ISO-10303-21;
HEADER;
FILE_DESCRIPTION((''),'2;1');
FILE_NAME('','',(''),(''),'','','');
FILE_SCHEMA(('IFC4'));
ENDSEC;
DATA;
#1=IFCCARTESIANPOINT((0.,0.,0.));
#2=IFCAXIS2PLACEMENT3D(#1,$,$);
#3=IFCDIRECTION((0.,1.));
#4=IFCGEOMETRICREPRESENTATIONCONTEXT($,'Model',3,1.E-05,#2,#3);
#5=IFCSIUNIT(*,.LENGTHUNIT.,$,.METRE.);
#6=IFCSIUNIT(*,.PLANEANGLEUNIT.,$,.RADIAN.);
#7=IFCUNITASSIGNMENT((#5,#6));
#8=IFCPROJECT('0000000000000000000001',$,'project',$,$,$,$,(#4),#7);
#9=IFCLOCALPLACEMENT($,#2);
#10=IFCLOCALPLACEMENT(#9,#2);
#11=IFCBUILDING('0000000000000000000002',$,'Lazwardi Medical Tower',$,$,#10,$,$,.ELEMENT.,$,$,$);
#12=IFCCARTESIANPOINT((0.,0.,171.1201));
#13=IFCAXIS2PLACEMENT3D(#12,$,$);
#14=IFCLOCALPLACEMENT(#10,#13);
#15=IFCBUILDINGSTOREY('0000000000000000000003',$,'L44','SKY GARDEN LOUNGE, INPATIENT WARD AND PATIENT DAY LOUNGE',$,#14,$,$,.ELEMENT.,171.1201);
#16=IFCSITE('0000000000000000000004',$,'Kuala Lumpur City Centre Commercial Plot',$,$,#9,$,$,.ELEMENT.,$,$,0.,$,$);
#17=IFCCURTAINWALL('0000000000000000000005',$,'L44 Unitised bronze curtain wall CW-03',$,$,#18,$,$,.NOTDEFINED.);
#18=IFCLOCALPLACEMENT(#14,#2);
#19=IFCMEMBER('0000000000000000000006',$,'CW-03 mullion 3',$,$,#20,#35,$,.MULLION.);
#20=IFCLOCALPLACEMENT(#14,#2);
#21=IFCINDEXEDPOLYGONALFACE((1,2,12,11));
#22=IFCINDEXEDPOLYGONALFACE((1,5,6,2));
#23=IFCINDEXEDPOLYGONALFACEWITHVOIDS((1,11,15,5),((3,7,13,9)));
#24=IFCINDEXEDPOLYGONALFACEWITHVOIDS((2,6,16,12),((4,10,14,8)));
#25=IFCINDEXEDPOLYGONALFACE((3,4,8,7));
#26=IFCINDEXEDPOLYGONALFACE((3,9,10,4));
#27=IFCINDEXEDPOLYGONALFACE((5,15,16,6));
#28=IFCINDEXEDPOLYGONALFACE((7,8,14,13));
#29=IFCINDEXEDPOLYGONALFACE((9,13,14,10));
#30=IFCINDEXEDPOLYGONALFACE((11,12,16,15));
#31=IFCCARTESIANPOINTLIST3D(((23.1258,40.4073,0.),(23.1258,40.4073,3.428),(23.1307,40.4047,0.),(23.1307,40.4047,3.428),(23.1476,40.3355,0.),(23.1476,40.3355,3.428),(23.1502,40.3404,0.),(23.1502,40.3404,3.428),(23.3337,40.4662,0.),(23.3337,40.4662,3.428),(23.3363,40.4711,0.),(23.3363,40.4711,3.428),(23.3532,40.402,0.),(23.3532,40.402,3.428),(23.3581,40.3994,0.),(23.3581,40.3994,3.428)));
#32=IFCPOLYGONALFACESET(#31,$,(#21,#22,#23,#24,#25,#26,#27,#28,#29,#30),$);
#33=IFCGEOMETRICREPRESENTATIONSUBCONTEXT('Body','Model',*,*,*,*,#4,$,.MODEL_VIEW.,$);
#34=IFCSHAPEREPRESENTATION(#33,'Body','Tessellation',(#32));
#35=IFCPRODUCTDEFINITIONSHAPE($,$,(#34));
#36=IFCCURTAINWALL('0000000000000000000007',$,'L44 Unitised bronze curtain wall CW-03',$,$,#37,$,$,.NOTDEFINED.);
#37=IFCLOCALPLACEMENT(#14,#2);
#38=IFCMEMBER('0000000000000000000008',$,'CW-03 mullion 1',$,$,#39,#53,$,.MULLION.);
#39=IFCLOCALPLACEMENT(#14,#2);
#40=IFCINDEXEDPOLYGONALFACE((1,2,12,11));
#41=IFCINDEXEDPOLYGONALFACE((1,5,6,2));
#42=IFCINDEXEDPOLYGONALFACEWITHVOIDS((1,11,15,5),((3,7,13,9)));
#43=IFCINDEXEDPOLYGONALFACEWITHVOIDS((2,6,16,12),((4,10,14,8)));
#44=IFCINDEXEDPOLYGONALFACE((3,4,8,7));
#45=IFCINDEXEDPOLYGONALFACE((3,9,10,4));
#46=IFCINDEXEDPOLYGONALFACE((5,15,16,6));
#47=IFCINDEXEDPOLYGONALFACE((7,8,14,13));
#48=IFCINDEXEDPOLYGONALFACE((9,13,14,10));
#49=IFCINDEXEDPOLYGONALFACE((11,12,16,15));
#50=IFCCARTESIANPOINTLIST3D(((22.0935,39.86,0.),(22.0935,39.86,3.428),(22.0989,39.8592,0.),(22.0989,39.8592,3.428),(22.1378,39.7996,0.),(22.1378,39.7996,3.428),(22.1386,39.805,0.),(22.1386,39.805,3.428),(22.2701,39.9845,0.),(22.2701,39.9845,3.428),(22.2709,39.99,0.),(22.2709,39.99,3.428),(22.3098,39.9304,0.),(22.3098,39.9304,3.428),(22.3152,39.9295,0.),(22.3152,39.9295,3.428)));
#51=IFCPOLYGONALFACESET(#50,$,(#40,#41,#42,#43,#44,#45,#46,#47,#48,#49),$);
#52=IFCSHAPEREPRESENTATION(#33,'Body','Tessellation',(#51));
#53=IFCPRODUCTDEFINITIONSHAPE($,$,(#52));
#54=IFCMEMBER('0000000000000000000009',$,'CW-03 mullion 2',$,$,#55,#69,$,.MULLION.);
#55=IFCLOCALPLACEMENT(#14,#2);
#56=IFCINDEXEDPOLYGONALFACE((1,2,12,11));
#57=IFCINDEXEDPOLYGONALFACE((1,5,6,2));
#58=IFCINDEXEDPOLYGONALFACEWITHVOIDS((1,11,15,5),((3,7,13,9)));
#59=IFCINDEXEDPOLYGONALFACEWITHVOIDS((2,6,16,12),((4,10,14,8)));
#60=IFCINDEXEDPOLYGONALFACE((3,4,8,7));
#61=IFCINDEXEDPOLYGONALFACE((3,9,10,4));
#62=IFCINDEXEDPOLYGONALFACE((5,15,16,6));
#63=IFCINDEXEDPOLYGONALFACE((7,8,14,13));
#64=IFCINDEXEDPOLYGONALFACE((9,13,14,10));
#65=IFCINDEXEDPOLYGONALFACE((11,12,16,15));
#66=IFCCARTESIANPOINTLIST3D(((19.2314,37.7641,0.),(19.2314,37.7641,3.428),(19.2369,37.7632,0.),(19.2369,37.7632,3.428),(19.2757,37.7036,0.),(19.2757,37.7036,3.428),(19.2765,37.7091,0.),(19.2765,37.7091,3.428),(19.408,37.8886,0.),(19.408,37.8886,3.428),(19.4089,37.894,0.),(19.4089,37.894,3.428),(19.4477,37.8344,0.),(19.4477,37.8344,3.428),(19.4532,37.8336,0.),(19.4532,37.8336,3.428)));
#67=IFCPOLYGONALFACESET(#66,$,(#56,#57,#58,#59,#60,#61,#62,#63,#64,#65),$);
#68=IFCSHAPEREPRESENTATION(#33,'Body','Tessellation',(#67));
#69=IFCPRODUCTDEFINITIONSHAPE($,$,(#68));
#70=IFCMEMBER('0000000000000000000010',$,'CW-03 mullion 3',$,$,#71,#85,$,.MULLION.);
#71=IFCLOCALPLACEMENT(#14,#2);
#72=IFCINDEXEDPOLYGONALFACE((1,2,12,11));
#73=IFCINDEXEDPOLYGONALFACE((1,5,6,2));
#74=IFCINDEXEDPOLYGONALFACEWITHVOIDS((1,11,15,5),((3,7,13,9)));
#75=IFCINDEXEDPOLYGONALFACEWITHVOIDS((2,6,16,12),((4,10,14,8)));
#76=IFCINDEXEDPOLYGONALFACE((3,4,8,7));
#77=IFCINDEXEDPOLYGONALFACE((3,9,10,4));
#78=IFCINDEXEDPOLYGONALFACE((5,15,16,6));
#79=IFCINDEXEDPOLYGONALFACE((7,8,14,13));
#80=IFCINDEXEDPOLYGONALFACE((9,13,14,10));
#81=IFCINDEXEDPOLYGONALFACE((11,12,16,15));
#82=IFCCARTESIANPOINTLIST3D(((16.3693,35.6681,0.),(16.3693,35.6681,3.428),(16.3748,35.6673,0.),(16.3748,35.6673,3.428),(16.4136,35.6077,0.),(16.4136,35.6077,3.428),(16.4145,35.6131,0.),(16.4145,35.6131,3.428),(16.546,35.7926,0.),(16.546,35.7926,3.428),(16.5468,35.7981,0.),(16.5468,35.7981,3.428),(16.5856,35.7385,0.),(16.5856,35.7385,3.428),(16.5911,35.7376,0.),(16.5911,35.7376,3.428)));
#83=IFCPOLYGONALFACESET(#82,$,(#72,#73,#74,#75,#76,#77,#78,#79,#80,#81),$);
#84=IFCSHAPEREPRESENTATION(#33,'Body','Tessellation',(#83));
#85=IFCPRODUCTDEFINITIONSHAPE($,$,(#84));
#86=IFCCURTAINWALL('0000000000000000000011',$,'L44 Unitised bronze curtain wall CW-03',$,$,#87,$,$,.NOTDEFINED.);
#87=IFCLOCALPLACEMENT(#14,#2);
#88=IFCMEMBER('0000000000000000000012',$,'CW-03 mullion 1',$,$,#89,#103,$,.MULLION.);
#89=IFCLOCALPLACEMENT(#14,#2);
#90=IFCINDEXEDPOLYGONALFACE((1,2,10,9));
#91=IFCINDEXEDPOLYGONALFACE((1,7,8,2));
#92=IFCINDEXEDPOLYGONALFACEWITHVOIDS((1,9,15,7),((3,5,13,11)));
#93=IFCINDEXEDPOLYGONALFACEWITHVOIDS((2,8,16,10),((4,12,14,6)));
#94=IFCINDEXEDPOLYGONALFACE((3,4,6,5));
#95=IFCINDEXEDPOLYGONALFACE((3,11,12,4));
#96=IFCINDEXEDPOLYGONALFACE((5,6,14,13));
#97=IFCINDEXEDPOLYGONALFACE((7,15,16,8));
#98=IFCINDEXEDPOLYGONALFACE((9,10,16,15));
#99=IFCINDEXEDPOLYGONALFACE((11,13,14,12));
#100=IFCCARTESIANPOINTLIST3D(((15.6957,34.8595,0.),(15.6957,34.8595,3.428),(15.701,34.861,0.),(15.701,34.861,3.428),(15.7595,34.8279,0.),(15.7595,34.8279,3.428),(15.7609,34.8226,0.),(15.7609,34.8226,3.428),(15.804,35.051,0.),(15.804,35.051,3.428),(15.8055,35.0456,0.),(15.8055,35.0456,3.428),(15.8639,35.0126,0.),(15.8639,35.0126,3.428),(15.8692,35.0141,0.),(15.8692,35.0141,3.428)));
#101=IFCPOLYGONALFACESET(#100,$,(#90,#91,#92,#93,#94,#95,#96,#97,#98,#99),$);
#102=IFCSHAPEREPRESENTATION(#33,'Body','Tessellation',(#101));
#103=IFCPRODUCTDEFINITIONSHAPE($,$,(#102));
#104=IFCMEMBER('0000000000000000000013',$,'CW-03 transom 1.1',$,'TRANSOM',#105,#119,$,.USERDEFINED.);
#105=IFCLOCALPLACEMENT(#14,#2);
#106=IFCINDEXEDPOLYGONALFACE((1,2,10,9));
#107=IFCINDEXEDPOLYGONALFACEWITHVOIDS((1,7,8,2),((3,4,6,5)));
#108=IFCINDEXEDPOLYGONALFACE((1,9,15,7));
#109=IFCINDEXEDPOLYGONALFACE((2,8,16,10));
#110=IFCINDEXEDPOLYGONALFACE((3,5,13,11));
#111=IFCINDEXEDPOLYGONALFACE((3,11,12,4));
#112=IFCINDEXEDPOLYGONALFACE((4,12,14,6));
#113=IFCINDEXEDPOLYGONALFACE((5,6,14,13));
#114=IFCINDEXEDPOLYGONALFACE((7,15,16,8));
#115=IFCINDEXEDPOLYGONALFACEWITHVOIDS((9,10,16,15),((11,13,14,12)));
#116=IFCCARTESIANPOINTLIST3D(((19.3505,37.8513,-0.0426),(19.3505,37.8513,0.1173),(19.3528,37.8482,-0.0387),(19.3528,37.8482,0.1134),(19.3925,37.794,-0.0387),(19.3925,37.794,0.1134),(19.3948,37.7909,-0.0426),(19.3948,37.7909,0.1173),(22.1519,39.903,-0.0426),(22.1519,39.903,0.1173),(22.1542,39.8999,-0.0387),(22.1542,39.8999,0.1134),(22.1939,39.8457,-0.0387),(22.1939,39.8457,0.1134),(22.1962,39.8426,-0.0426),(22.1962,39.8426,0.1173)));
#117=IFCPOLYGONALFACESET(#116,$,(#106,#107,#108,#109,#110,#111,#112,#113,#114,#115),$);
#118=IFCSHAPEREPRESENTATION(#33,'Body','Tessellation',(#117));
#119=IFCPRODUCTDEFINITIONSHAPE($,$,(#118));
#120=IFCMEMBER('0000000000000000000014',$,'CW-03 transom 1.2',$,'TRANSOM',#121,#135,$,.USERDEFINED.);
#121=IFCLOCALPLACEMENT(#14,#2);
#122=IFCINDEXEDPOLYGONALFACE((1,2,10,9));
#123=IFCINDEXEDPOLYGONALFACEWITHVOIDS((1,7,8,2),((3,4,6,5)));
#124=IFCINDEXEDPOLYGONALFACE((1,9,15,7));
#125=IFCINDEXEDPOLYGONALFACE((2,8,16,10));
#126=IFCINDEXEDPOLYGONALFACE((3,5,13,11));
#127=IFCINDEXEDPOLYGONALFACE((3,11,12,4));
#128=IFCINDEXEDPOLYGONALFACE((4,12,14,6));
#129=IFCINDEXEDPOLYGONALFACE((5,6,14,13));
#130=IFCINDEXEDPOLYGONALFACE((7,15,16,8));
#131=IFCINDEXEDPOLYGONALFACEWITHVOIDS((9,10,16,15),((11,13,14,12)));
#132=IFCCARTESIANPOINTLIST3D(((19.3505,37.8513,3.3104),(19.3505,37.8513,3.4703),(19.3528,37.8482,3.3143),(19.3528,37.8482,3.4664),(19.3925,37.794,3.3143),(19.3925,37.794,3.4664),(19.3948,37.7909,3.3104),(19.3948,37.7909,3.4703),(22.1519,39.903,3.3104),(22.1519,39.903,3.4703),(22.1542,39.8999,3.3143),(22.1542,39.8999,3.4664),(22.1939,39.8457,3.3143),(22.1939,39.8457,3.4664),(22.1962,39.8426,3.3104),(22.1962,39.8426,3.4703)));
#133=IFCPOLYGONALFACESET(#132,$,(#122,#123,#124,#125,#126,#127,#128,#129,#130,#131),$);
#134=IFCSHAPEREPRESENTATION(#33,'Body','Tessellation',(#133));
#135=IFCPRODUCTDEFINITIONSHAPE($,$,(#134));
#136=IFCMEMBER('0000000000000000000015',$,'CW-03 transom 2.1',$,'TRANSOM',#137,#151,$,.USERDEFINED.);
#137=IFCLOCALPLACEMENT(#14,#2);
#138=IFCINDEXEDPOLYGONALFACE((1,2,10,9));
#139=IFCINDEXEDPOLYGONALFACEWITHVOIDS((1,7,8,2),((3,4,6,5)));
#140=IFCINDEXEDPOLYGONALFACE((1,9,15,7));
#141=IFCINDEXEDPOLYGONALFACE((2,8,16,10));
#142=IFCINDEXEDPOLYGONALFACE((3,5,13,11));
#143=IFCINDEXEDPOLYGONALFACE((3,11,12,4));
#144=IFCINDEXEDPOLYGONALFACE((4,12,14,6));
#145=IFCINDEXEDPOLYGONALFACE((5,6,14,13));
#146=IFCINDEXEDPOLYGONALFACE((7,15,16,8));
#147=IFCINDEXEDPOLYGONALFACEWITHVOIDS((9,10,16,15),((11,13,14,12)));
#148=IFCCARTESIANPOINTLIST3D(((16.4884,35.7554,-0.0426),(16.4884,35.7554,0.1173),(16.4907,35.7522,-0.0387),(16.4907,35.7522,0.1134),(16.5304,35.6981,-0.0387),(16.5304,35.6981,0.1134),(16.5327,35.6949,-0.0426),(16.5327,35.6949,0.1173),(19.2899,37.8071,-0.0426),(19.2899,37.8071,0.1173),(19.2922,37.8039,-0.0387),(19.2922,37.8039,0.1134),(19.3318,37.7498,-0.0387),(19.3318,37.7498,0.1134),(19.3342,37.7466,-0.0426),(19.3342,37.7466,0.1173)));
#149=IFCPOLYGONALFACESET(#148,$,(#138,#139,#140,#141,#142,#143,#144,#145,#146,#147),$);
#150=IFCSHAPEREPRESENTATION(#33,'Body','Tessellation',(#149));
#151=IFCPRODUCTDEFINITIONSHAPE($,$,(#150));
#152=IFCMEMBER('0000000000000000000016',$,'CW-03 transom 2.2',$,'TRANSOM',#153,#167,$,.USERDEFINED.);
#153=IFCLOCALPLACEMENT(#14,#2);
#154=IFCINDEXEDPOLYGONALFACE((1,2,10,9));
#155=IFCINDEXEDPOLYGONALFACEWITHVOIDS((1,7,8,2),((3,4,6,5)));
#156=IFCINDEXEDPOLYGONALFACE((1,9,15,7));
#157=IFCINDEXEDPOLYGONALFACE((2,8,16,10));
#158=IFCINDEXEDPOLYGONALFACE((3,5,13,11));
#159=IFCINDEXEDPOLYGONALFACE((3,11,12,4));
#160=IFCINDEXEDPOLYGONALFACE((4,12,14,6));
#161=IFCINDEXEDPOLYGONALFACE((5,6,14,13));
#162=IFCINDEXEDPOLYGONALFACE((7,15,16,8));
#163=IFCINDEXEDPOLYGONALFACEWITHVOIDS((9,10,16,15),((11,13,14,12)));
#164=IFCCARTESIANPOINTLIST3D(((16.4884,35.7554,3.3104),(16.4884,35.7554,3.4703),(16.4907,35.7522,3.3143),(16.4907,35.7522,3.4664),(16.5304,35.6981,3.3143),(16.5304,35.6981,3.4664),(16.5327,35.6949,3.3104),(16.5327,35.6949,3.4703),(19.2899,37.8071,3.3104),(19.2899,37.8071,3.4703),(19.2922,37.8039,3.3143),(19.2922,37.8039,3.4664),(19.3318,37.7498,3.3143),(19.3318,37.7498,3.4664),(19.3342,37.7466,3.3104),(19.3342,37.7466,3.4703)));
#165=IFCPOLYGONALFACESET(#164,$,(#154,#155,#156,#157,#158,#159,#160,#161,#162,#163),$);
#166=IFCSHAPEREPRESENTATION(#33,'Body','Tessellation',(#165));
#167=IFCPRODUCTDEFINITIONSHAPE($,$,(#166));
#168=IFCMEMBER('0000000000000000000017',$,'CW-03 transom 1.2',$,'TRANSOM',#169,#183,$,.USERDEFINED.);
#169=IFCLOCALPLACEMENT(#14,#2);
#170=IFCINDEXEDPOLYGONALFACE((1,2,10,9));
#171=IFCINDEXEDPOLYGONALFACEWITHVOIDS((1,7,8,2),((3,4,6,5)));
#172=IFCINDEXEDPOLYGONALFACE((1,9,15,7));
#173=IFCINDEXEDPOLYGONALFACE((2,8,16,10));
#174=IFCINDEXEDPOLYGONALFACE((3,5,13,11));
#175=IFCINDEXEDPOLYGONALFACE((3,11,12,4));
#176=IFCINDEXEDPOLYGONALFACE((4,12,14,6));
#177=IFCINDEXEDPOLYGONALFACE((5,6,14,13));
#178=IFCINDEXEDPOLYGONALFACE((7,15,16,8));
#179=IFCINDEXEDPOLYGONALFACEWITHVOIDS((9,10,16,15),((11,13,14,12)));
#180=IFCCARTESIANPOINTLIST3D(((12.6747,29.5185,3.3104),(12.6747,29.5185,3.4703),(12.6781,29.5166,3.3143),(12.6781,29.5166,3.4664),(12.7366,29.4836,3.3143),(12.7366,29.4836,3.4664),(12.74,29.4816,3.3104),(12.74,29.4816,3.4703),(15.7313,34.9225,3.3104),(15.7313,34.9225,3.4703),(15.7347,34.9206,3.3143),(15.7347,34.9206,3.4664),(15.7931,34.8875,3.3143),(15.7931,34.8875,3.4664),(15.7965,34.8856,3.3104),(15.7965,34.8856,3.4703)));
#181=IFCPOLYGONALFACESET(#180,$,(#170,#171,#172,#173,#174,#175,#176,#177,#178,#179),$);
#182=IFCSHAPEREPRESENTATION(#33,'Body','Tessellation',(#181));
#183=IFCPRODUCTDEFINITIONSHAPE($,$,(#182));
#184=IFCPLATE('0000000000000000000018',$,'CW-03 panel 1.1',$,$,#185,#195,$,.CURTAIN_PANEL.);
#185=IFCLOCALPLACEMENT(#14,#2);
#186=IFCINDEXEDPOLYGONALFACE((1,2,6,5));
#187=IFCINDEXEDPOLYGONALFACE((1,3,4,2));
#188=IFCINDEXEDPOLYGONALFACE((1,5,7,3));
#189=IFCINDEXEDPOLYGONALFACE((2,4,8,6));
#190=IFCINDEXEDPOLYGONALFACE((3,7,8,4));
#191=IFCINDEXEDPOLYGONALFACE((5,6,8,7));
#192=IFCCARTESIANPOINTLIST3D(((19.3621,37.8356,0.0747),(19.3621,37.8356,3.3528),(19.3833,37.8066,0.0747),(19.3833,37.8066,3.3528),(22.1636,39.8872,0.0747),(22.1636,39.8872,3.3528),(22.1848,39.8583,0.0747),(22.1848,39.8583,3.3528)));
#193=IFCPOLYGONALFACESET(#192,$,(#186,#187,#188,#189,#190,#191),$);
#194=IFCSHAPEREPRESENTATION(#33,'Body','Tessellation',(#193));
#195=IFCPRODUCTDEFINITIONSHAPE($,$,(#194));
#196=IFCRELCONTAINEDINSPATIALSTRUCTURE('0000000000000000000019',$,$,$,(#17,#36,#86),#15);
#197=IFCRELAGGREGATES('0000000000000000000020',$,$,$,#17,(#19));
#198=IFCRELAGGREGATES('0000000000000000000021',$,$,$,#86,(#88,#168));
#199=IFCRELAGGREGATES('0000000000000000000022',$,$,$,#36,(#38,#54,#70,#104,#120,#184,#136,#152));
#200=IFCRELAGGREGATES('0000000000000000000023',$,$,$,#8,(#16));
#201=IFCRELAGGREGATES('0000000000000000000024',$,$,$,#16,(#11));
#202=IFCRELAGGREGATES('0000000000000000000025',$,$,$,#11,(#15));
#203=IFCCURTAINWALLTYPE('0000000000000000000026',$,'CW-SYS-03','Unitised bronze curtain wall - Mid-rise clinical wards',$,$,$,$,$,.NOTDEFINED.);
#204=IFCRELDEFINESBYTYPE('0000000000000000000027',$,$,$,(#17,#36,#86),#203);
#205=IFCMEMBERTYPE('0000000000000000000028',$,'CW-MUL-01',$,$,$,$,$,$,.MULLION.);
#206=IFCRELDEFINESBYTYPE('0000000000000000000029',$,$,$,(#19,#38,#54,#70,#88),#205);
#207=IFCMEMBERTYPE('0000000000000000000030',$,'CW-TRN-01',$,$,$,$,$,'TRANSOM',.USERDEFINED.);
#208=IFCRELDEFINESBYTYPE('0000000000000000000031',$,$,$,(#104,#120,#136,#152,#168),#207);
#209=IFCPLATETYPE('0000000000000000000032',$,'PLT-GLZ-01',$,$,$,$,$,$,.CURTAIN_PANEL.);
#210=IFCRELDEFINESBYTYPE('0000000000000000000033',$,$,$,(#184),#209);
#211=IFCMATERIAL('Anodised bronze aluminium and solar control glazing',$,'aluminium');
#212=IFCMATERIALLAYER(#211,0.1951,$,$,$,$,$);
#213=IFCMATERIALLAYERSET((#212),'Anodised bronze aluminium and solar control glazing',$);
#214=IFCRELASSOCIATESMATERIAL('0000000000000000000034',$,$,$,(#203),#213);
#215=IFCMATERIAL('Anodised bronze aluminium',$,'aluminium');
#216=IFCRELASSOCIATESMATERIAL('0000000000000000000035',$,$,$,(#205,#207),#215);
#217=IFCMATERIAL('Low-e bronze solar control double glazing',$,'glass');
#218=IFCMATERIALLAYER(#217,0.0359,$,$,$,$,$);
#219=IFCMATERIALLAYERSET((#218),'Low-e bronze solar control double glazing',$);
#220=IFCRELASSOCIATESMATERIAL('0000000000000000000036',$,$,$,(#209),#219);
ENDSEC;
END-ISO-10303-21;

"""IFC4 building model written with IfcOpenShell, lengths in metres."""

from ifc_helpers import new_model, si_unit, direction, frame, origin, origin_2d, place, context, subcontext, project, spatial, rectangle, hollow_rectangle, extrude, material, layer, layer_set, material_profile, profile_set, type_object, element, aggregate, save


model = new_model("IFC4")

# Units and contexts
model_context = context("Model", 3, precision=1e-05, world=origin(), true_north=direction((0.0, 1.0)))
body_context = subcontext(model_context, "Body", "Model", "MODEL_VIEW")
ifc_project = project(units=[si_unit("LENGTHUNIT", "METRE"), si_unit("PLANEANGLEUNIT", "RADIAN")], contexts=[model_context])

# Site, building, storey
site_placement = place(None, origin())
site = spatial("IfcSite", under=ifc_project, at=site_placement, Name="Kuala Lumpur City Centre Commercial Plot", CompositionType="ELEMENT", RefElevation=0.0)
building_placement = place(site_placement, origin())
building = spatial("IfcBuilding", under=site, at=building_placement, Name="Lazwardi Medical Tower", CompositionType="ELEMENT")
storey_placement = place(building_placement, frame((0.0, 0.0, 171.1201)))
storey = spatial("IfcBuildingStorey", under=building, at=storey_placement, Name="L44", Description="SKY GARDEN LOUNGE, INPATIENT WARD AND PATIENT DAY LOUNGE", CompositionType="ELEMENT", Elevation=171.1201)

# Curtain wall, member
ifc_material_1 = material(Name="Anodised bronze aluminium and solar control glazing", Category="aluminium")
ifc_layer_1 = layer(ifc_material_1, 0.1951)
ifc_layer_set_1 = layer_set([ifc_layer_1], Name="Anodised bronze aluminium and solar control glazing")
curtain_wall_type = type_object("IfcCurtainWallType", Name="CW-SYS-03", Description="Unitised bronze curtain wall - Mid-rise clinical wards", PredefinedType="NOTDEFINED", material=ifc_layer_set_1)
curtain_wall_1_placement = place(storey_placement, origin())
curtain_wall_1 = element("IfcCurtainWall", 1, at=curtain_wall_1_placement, inside=storey, type_object=curtain_wall_type, Name="L44 Unitised bronze curtain wall CW-03", PredefinedType="NOTDEFINED")
ifc_material_2 = material(Name="Anodised bronze aluminium", Category="aluminium")
ifc_material_profile_1 = material_profile(ifc_material_2, hollow_rectangle(XDim=0.075, YDim=0.22, WallThickness=0.0039, at=origin_2d()), Name="ALU-MULLION 220x75x4")
ifc_profile_set_1 = profile_set([ifc_material_profile_1], Name="Anodised bronze aluminium")
member_type_1 = type_object("IfcMemberType", Name="CW-MUL-01", PredefinedType="MULLION", material=ifc_profile_set_1)
member_1_placement = place(storey_placement, frame((23.2419, 40.4033, 0.0), z_axis=(0.0, 0.0, 1.0), x_axis=(0.290281, -0.956942, 0.0)))
member_1 = element("IfcMember", 2, at=member_1_placement, type_object=member_type_1, Name="CW-03 mullion 3", PredefinedType="MULLION", context=body_context, shape_type="SweptSolid", body=[
    extrude(hollow_rectangle(XDim=0.075, YDim=0.22, WallThickness=0.0039, at=origin_2d()), origin(), (0.0, 0.0, 1.0), 3.428),
])
aggregate(curtain_wall_1, [member_1])

# Curtain wall, members
curtain_wall_2_placement = place(storey_placement, origin())
curtain_wall_2 = element("IfcCurtainWall", 3, at=curtain_wall_2_placement, inside=storey, type_object=curtain_wall_type, Name="L44 Unitised bronze curtain wall CW-03", PredefinedType="NOTDEFINED")
member_2_placement = place(storey_placement, frame((22.2043, 39.8948, 0.0), z_axis=(0.0, 0.0, 1.0), x_axis=(0.590834, -0.806793, 0.0)))
member_2 = element("IfcMember", 4, at=member_2_placement, type_object=member_type_1, Name="CW-03 mullion 1", PredefinedType="MULLION", context=body_context, shape_type="SweptSolid", body=[
    extrude(hollow_rectangle(XDim=0.075, YDim=0.22, WallThickness=0.0039, at=origin_2d()), origin(), (0.0, 0.0, 1.0), 3.428),
])
member_3_placement = place(storey_placement, frame((19.3423, 37.7988, 0.0), z_axis=(0.0, 0.0, 1.0), x_axis=(0.590834, -0.806793, 0.0)))
member_3 = element("IfcMember", 5, at=member_3_placement, type_object=member_type_1, Name="CW-03 mullion 2", PredefinedType="MULLION", context=body_context, shape_type="SweptSolid", body=[
    extrude(hollow_rectangle(XDim=0.075, YDim=0.22, WallThickness=0.0039, at=origin_2d()), origin(), (0.0, 0.0, 1.0), 3.428),
])
member_4_placement = place(storey_placement, frame((16.4802, 35.7029, 0.0), z_axis=(0.0, 0.0, 1.0), x_axis=(0.590834, -0.806793, 0.0)))
member_4 = element("IfcMember", 6, at=member_4_placement, type_object=member_type_1, Name="CW-03 mullion 3", PredefinedType="MULLION", context=body_context, shape_type="SweptSolid", body=[
    extrude(hollow_rectangle(XDim=0.075, YDim=0.22, WallThickness=0.0039, at=origin_2d()), origin(), (0.0, 0.0, 1.0), 3.428),
])

# Curtain wall, member
curtain_wall_3_placement = place(storey_placement, origin())
curtain_wall_3 = element("IfcCurtainWall", 7, at=curtain_wall_3_placement, inside=storey, type_object=curtain_wall_type, Name="L44 Unitised bronze curtain wall CW-03", PredefinedType="NOTDEFINED")
member_5_placement = place(storey_placement, frame((15.7825, 34.9368, 0.0), z_axis=(0.0, 0.0, 1.0), x_axis=(0.870419, -0.492312, 0.0)))
member_5 = element("IfcMember", 8, at=member_5_placement, type_object=member_type_1, Name="CW-03 mullion 1", PredefinedType="MULLION", context=body_context, shape_type="SweptSolid", body=[
    extrude(hollow_rectangle(XDim=0.075, YDim=0.22, WallThickness=0.0039, at=origin_2d()), origin(), (0.0, 0.0, 1.0), 3.428),
])

# Members
ifc_material_profile_2 = material_profile(ifc_material_2, hollow_rectangle(XDim=0.075, YDim=0.1599, WallThickness=0.0039, at=origin_2d()), Name="ALU-TRANSOM 160x75x4")
ifc_profile_set_2 = profile_set([ifc_material_profile_2], Name="Anodised bronze aluminium")
member_type_2 = type_object("IfcMemberType", Name="CW-TRN-01", ElementType="TRANSOM", PredefinedType="USERDEFINED", material=ifc_profile_set_2)
member_6_placement = place(storey_placement, frame((22.1741, 39.8728, 0.0374), z_axis=(-0.806774, -0.590861, 0.0), x_axis=(0.590861, -0.806774, 0.0)))
member_6 = element("IfcMember", 9, at=member_6_placement, type_object=member_type_2, Name="CW-03 transom 1.1", ObjectType="TRANSOM", PredefinedType="USERDEFINED", context=body_context, shape_type="SweptSolid", body=[
    extrude(hollow_rectangle(XDim=0.075, YDim=0.1599, WallThickness=0.0039, at=origin_2d()), origin(), (0.0, 0.0, 1.0), 3.4724),
])
member_7_placement = place(storey_placement, frame((22.1741, 39.8728, 3.3904), z_axis=(-0.806774, -0.590861, 0.0), x_axis=(0.590861, -0.806774, 0.0)))
member_7 = element("IfcMember", 10, at=member_7_placement, type_object=member_type_2, Name="CW-03 transom 1.2", ObjectType="TRANSOM", PredefinedType="USERDEFINED", context=body_context, shape_type="SweptSolid", body=[
    extrude(hollow_rectangle(XDim=0.075, YDim=0.1599, WallThickness=0.0039, at=origin_2d()), origin(), (0.0, 0.0, 1.0), 3.4724),
])
member_8_placement = place(storey_placement, frame((19.312, 37.7769, 0.0374), z_axis=(-0.806774, -0.590861, 0.0), x_axis=(0.590861, -0.806774, 0.0)))
member_8 = element("IfcMember", 11, at=member_8_placement, type_object=member_type_2, Name="CW-03 transom 2.1", ObjectType="TRANSOM", PredefinedType="USERDEFINED", context=body_context, shape_type="SweptSolid", body=[
    extrude(hollow_rectangle(XDim=0.075, YDim=0.1599, WallThickness=0.0039, at=origin_2d()), origin(), (0.0, 0.0, 1.0), 3.4724),
])
member_9_placement = place(storey_placement, frame((19.312, 37.7769, 3.3904), z_axis=(-0.806774, -0.590861, 0.0), x_axis=(0.590861, -0.806774, 0.0)))
member_9 = element("IfcMember", 12, at=member_9_placement, type_object=member_type_2, Name="CW-03 transom 2.2", ObjectType="TRANSOM", PredefinedType="USERDEFINED", context=body_context, shape_type="SweptSolid", body=[
    extrude(hollow_rectangle(XDim=0.075, YDim=0.1599, WallThickness=0.0039, at=origin_2d()), origin(), (0.0, 0.0, 1.0), 3.4724),
])
member_10_placement = place(storey_placement, frame((15.7639, 34.9041, 3.3904), z_axis=(-0.492323, -0.870413, 0.0), x_axis=(0.870413, -0.492323, 0.0)))
member_10 = element("IfcMember", 13, at=member_10_placement, type_object=member_type_2, Name="CW-03 transom 1.2", ObjectType="TRANSOM", PredefinedType="USERDEFINED", context=body_context, shape_type="SweptSolid", body=[
    extrude(hollow_rectangle(XDim=0.075, YDim=0.1599, WallThickness=0.0039, at=origin_2d()), origin(), (0.0, 0.0, 1.0), 6.2085),
])
aggregate(curtain_wall_3, [member_5, member_10])

# Plate
ifc_material_3 = material(Name="Low-e bronze solar control double glazing", Category="glass")
ifc_layer_2 = layer(ifc_material_3, 0.0359)
ifc_layer_set_2 = layer_set([ifc_layer_2], Name="Low-e bronze solar control double glazing")
plate_type = type_object("IfcPlateType", Name="PLT-GLZ-01", PredefinedType="CURTAIN_PANEL", material=ifc_layer_set_2)
plate_1_placement = place(storey_placement, frame((20.7734, 38.8469, 0.0747), z_axis=(0.0, 0.0, 1.0), x_axis=(-0.806793, -0.590834, 0.0)))
plate_1 = element("IfcPlate", 14, at=plate_1_placement, type_object=plate_type, Name="CW-03 panel 1.1", PredefinedType="CURTAIN_PANEL", context=body_context, shape_type="SweptSolid", body=[
    extrude(rectangle(XDim=3.4724, YDim=0.0359, at=origin_2d()), origin(), (0.0, 0.0, 1.0), 3.2781),
])
aggregate(curtain_wall_2, [member_2, member_3, member_4, member_6, member_7, plate_1, member_8, member_9])

save(model, "model.ifc")
